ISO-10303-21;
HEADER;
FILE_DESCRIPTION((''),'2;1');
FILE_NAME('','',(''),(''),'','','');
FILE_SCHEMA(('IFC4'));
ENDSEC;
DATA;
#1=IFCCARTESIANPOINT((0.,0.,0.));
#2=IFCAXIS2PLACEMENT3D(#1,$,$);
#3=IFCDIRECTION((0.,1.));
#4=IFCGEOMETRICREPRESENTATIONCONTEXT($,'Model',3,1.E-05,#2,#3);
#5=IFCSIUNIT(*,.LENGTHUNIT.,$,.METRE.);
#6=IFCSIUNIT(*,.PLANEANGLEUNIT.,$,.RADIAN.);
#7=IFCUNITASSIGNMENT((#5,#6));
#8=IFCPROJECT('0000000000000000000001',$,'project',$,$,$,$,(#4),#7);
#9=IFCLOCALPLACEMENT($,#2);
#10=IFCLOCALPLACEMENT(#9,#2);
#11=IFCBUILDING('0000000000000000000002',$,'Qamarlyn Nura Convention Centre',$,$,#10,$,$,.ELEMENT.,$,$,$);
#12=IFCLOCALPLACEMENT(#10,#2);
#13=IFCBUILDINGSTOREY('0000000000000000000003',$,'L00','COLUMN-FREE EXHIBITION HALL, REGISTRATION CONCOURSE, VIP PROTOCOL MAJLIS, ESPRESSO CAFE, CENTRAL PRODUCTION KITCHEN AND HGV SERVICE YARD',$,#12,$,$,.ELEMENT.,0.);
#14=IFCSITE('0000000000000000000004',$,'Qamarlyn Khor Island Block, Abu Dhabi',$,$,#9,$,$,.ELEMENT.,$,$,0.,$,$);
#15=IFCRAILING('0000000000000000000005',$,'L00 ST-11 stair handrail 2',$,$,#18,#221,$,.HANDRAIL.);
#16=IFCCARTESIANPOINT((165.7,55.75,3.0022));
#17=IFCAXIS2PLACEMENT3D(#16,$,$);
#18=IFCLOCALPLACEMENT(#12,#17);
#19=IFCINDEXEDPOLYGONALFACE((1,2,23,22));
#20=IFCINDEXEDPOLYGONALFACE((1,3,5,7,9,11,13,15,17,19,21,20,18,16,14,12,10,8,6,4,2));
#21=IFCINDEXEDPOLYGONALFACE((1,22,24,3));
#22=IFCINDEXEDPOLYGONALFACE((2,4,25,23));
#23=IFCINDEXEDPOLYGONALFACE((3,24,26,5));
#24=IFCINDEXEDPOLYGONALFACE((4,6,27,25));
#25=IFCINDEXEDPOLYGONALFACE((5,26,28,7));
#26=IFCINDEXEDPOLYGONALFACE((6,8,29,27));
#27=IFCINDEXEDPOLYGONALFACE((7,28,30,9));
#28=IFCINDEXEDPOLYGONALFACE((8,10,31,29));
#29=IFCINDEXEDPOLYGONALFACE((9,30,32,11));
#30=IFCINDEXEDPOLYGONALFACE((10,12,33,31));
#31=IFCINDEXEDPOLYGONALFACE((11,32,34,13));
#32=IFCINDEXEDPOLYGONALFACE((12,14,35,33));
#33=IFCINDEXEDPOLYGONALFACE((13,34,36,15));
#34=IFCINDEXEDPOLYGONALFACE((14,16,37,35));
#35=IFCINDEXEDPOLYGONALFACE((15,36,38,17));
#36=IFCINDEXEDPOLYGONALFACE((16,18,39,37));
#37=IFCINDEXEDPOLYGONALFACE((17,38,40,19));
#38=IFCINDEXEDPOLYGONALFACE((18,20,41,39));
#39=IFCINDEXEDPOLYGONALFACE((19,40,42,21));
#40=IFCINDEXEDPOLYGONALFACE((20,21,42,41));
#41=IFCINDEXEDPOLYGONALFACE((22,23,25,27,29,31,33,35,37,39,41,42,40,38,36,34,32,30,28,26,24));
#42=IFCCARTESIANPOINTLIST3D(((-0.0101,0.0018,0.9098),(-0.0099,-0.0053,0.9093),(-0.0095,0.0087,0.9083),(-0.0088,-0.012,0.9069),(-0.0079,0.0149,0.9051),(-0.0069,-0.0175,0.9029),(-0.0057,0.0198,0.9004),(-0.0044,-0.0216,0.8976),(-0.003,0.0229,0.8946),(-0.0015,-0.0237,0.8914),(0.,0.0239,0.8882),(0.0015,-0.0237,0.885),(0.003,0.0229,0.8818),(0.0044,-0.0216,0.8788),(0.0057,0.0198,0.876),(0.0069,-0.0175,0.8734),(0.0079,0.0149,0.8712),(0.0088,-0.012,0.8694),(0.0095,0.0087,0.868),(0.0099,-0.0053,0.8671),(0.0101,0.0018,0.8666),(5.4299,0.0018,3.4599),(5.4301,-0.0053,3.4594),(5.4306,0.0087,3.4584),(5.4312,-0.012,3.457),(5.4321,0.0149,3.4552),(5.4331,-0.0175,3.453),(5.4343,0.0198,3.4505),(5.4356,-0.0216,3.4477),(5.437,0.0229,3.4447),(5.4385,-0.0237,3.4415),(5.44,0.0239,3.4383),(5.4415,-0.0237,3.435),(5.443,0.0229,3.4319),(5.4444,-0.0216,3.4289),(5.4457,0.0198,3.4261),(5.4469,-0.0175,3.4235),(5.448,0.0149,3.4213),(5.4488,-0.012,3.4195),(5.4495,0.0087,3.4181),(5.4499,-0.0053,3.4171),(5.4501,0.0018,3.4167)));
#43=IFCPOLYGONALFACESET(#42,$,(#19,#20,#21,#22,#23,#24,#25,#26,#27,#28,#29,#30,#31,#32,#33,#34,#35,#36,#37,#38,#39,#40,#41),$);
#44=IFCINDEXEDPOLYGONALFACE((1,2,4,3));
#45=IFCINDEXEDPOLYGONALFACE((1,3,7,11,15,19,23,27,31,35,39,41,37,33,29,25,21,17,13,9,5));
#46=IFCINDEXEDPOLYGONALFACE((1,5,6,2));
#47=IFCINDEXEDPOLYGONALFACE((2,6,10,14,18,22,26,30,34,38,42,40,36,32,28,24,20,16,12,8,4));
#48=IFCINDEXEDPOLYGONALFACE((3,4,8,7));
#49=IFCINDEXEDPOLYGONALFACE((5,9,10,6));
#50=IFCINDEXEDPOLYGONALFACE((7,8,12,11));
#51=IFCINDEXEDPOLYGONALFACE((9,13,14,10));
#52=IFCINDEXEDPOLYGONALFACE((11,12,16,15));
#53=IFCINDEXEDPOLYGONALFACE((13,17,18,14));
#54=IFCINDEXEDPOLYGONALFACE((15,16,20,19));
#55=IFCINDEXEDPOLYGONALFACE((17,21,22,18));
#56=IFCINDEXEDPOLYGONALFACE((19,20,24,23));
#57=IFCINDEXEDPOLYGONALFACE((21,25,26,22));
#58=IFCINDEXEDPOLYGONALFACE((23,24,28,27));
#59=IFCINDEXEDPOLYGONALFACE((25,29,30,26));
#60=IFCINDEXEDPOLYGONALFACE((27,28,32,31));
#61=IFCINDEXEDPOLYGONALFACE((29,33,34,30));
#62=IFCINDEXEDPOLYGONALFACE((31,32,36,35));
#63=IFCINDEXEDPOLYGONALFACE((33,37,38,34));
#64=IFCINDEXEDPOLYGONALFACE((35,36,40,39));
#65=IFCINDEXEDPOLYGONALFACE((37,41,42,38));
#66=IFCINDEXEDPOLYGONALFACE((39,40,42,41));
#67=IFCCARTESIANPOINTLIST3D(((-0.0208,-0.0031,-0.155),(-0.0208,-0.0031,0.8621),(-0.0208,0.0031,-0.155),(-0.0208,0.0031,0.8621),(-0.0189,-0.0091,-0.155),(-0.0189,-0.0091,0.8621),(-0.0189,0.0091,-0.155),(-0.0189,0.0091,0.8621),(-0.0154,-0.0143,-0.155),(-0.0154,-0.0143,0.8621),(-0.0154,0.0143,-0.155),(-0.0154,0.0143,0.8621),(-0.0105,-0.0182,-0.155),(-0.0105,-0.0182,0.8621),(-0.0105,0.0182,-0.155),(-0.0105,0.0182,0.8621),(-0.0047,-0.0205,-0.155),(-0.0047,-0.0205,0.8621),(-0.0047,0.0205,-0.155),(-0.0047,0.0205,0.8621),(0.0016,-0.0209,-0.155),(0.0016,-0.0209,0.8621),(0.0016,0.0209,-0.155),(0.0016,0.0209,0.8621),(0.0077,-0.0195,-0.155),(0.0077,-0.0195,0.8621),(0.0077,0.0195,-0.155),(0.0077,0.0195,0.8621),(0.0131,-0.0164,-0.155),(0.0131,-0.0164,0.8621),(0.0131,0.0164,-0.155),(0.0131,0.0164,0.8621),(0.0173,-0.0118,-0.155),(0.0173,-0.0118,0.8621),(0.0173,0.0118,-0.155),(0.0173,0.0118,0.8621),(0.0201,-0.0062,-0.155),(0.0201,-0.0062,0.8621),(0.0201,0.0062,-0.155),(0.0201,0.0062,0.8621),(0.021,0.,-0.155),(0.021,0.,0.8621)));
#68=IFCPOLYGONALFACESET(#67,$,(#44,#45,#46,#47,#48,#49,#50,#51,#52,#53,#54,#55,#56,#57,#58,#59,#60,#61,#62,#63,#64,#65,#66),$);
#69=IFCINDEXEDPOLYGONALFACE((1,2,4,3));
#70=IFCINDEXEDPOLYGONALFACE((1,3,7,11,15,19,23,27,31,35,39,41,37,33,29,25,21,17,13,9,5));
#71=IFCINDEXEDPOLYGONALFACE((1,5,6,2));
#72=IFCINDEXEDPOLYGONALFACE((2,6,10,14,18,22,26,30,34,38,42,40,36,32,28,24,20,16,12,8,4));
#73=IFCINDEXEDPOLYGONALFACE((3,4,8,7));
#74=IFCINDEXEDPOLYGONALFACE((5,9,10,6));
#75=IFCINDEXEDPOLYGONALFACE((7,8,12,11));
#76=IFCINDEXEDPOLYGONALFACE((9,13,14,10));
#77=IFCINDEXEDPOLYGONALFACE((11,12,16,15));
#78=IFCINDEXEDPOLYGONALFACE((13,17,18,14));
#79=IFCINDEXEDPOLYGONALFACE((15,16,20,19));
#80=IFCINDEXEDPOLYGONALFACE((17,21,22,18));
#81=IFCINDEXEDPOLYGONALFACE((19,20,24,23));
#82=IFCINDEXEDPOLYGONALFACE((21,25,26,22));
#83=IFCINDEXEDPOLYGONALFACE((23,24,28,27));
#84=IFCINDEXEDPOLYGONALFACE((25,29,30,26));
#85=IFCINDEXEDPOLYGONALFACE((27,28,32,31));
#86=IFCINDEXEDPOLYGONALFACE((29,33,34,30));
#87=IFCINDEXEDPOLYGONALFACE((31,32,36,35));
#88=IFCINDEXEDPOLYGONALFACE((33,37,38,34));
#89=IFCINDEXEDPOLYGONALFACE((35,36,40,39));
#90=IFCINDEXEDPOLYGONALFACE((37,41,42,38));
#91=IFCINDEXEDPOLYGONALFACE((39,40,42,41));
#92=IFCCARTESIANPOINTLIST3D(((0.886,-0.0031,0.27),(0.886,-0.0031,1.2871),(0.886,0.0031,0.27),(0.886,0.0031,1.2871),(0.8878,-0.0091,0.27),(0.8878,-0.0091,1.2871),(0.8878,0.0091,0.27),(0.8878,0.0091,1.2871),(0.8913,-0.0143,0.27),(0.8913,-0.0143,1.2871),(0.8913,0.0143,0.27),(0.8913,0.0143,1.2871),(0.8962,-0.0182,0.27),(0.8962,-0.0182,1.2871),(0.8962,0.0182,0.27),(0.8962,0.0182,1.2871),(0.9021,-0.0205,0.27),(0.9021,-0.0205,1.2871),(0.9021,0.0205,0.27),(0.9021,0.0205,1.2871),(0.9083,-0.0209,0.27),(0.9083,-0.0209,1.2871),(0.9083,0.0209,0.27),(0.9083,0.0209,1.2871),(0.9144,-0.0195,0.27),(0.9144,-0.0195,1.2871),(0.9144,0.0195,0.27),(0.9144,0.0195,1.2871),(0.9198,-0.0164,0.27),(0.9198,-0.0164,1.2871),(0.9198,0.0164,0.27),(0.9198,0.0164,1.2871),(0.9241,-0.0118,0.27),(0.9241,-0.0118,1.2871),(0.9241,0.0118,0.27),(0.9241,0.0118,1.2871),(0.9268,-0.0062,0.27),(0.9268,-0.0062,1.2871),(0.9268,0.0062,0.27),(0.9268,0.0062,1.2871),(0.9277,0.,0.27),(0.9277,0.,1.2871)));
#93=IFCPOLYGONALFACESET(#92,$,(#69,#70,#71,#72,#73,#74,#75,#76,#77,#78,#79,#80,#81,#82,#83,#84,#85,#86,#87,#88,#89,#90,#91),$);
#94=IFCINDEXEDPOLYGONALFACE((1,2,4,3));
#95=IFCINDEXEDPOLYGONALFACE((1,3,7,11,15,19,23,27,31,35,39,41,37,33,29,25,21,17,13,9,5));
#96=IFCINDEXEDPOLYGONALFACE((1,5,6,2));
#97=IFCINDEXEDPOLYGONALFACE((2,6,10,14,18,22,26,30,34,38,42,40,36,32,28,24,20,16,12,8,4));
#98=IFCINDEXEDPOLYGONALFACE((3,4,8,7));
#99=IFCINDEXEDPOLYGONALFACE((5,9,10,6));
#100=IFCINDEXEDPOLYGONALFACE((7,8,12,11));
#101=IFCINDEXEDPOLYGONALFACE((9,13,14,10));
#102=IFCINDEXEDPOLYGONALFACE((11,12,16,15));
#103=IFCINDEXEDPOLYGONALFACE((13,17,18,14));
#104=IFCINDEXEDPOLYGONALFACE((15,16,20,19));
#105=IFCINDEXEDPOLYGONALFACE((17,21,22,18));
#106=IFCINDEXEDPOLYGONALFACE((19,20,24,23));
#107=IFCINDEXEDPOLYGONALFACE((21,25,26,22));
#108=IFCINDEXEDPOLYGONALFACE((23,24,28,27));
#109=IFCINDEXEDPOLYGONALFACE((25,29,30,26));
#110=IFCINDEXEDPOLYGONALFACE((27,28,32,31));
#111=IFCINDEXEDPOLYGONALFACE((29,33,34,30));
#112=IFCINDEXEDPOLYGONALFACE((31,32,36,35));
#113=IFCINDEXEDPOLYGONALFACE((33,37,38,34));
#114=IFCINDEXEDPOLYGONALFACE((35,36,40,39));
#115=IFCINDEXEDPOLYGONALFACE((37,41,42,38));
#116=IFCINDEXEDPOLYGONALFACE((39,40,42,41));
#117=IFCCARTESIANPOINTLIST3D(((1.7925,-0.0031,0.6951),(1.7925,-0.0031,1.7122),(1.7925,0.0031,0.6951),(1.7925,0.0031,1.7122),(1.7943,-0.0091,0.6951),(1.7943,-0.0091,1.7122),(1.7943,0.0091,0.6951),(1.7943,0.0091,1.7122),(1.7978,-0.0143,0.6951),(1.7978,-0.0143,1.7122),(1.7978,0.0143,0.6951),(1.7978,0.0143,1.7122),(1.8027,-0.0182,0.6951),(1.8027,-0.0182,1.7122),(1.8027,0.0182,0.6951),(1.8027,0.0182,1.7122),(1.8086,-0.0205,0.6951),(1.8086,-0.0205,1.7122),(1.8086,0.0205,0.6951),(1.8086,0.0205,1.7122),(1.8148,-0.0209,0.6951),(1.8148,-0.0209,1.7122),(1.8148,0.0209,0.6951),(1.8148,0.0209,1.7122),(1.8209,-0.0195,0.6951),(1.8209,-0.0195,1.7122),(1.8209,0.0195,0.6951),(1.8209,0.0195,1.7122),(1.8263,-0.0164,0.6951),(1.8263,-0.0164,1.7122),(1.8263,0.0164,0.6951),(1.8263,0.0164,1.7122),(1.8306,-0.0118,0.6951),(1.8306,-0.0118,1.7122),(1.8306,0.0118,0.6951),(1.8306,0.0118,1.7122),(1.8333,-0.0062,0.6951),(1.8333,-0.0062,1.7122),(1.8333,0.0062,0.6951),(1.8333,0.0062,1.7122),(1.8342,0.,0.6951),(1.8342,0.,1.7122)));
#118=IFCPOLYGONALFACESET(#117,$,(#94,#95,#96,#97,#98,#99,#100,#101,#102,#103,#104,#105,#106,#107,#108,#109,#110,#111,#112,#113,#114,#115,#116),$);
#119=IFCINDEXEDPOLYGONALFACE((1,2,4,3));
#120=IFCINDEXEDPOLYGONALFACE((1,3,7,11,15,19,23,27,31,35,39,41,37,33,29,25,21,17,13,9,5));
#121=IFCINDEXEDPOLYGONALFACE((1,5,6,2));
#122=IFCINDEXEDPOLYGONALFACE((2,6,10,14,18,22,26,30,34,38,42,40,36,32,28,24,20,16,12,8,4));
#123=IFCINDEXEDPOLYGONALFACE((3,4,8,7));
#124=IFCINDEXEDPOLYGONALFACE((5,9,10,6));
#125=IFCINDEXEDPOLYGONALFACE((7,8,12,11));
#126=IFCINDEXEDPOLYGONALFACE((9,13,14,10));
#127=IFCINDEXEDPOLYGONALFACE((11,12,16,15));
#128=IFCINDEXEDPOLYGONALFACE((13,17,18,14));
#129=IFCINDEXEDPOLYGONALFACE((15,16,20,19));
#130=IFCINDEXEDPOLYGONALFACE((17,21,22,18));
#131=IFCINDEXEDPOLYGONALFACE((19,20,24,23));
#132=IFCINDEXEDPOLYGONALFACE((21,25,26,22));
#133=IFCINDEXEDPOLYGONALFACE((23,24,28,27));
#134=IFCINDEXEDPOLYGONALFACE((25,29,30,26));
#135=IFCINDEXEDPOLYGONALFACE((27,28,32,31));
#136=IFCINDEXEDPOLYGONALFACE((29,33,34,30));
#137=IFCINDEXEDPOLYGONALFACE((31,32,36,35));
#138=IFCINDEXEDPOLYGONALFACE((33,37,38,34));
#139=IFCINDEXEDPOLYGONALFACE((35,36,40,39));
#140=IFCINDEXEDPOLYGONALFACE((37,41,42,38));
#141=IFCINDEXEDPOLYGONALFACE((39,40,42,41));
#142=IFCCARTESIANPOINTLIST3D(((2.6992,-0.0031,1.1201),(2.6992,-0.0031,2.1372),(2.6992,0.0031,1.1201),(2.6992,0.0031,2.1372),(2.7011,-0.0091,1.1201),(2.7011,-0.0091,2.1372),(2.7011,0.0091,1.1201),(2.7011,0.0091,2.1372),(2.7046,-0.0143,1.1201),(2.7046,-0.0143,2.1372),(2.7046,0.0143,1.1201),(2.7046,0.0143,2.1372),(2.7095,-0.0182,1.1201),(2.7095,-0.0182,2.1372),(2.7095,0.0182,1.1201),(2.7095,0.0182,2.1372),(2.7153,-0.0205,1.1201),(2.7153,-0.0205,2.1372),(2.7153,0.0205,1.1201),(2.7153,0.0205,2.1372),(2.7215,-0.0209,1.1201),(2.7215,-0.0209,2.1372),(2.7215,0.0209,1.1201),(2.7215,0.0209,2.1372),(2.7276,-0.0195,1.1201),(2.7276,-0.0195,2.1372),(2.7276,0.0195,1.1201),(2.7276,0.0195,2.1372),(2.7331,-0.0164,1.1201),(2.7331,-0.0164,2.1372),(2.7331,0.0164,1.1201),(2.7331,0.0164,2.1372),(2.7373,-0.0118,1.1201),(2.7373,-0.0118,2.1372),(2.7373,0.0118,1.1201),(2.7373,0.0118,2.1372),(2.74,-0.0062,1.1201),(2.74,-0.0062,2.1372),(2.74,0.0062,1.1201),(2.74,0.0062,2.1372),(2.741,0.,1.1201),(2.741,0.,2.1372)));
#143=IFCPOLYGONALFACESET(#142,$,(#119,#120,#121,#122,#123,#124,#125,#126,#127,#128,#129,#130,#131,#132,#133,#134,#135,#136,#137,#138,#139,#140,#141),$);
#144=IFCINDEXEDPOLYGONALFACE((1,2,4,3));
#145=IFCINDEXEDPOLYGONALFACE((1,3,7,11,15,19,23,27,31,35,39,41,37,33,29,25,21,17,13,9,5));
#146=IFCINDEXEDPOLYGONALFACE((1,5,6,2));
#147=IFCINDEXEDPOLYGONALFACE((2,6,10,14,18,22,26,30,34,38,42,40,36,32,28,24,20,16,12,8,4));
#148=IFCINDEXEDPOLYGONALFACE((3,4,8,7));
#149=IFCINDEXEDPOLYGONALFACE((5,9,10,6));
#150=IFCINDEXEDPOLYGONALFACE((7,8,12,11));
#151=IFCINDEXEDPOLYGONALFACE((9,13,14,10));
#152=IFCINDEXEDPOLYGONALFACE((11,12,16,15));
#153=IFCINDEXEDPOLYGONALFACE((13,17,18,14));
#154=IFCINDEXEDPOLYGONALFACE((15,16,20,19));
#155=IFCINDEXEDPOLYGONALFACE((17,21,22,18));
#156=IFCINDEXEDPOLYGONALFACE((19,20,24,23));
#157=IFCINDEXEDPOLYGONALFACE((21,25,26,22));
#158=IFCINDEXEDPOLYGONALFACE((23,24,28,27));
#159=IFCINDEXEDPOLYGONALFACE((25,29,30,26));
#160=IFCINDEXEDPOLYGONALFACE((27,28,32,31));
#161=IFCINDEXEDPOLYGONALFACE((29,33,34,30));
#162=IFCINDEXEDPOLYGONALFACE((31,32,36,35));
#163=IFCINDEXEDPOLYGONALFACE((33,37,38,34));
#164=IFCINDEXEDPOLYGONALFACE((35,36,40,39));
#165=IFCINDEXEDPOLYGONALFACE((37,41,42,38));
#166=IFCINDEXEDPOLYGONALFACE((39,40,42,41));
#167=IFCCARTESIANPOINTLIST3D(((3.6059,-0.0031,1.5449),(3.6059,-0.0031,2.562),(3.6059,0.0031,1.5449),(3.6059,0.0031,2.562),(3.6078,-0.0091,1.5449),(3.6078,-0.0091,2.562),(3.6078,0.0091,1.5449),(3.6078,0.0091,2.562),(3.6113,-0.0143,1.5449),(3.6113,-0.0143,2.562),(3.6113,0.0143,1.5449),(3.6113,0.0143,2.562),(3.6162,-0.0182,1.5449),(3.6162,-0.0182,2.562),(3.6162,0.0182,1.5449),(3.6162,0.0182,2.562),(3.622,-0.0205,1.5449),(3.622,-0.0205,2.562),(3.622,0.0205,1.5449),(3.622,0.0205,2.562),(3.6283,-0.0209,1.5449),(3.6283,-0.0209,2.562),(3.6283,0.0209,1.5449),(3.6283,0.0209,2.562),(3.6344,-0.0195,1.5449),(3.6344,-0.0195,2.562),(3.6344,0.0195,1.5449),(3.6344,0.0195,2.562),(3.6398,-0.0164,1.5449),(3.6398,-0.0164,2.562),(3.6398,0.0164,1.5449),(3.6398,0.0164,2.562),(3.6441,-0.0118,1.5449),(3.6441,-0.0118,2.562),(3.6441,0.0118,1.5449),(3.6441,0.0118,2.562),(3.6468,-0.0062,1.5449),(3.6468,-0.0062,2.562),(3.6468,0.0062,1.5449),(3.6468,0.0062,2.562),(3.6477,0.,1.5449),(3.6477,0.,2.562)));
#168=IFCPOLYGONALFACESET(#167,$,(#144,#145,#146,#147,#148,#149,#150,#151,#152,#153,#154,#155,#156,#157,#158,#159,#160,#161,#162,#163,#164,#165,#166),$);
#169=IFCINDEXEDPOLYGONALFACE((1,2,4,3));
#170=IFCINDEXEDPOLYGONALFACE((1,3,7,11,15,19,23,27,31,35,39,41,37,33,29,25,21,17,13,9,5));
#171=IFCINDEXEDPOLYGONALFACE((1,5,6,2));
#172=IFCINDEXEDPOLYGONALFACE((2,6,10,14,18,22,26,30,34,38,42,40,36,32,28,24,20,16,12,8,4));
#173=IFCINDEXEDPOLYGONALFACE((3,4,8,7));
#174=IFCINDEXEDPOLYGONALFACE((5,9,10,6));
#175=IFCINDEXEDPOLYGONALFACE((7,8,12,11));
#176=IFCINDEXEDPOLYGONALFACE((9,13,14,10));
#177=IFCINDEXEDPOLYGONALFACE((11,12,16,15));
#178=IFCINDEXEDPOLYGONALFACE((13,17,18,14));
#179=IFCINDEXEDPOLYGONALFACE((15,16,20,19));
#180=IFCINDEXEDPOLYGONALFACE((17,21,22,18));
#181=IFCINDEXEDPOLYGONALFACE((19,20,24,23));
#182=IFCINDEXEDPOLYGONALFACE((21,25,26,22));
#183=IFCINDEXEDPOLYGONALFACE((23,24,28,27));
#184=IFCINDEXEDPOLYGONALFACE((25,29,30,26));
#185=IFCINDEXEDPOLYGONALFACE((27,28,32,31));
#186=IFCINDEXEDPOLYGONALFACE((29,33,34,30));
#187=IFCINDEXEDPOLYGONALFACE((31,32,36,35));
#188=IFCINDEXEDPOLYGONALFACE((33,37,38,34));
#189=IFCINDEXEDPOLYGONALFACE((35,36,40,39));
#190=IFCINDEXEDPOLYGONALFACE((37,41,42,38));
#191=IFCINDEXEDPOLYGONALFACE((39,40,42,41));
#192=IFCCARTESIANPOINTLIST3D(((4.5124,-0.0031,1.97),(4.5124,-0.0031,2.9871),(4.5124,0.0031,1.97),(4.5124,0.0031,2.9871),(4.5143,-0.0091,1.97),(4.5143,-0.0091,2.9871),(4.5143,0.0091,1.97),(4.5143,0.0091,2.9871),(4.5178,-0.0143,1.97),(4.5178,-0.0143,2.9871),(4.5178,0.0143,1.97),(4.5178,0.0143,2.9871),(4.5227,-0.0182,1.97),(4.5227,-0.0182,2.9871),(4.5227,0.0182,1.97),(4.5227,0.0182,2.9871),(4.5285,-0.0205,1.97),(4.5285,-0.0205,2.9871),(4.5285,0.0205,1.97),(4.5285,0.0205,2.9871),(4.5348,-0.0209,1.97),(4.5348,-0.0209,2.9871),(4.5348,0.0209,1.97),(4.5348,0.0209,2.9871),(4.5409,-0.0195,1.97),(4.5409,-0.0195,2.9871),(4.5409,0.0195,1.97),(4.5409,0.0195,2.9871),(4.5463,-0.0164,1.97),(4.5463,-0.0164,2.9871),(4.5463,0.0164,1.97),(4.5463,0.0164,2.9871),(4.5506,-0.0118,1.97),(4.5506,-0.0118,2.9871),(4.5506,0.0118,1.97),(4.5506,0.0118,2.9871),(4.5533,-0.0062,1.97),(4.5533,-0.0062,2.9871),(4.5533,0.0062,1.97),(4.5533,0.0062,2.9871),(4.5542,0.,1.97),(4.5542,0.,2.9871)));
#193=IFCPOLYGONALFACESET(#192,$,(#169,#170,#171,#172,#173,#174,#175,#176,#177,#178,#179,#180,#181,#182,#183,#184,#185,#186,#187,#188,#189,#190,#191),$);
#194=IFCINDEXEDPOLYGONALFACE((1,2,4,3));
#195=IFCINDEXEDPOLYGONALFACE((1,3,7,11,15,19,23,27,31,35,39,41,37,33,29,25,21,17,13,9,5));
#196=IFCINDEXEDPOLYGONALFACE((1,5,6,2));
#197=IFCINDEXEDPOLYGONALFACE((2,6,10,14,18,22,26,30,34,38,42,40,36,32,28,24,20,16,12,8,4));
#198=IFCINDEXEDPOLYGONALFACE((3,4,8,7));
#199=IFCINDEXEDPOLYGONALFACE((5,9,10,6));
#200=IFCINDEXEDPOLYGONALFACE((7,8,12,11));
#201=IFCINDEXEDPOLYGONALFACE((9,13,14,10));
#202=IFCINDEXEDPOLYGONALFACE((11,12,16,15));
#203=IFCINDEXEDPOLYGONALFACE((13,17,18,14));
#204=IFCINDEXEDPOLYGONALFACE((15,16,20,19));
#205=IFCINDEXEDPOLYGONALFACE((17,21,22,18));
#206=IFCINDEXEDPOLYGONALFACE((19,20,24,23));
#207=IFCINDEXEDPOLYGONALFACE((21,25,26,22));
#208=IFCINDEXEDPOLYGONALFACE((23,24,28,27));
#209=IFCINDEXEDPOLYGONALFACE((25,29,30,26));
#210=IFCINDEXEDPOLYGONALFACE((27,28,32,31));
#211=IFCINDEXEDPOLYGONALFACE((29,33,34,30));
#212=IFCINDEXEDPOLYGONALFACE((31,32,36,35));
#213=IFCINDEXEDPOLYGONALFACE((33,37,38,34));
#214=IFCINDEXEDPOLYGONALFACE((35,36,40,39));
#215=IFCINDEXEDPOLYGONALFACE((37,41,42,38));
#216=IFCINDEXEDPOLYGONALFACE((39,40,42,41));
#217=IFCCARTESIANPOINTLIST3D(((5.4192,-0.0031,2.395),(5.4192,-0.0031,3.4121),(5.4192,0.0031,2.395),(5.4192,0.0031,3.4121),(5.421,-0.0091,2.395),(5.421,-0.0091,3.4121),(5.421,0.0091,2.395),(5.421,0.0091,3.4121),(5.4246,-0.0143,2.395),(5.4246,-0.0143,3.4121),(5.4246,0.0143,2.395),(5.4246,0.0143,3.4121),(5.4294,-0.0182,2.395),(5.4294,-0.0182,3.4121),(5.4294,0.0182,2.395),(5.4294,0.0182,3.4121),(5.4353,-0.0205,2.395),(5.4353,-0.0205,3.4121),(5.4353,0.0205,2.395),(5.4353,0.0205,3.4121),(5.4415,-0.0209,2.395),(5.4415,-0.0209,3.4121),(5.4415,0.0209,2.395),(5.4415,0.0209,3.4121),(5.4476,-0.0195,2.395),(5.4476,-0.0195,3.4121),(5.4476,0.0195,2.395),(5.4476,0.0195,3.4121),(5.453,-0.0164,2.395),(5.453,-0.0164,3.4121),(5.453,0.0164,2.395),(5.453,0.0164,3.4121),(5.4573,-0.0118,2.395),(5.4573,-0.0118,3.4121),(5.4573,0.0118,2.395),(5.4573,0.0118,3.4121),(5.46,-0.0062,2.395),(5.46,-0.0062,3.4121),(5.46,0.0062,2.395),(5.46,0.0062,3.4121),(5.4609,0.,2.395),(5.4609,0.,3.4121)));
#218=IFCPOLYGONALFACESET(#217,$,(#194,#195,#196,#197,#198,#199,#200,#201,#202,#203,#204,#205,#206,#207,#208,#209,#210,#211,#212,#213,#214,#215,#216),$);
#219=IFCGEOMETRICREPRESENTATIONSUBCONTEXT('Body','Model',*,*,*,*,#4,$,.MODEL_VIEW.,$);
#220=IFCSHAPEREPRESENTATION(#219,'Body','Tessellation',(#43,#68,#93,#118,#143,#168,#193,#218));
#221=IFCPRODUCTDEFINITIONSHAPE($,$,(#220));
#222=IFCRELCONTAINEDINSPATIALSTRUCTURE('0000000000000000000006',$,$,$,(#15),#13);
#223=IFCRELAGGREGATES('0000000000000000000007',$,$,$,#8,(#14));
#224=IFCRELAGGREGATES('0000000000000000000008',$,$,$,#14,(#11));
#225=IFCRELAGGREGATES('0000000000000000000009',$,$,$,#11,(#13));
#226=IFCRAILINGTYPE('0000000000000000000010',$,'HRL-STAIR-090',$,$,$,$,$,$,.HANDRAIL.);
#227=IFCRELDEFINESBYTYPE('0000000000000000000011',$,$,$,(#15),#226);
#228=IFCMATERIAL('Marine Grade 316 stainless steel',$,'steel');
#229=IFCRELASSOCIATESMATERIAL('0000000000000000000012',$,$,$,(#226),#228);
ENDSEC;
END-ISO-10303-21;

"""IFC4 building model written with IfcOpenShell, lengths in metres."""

from ifc_helpers import new_model, si_unit, direction, frame, origin, origin_2d, place, context, subcontext, project, spatial, circle, extrude, material, type_object, element, save


model = new_model("IFC4")

# Units and contexts
model_context = context("Model", 3, precision=1e-05, world=origin(), true_north=direction((0.0, 1.0)))
body_context = subcontext(model_context, "Body", "Model", "MODEL_VIEW")
ifc_project = project(units=[si_unit("LENGTHUNIT", "METRE"), si_unit("PLANEANGLEUNIT", "RADIAN")], contexts=[model_context])

# Site, building, storey
site_placement = place(None, origin())
site = spatial("IfcSite", under=ifc_project, at=site_placement, Name="Qamarlyn Khor Island Block, Abu Dhabi", CompositionType="ELEMENT", RefElevation=0.0)
building_placement = place(site_placement, origin())
building = spatial("IfcBuilding", under=site, at=building_placement, Name="Qamarlyn Nura Convention Centre", CompositionType="ELEMENT")
storey_placement = place(building_placement, origin())
storey = spatial("IfcBuildingStorey", under=building, at=storey_placement, Name="L00", Description="COLUMN-FREE EXHIBITION HALL, REGISTRATION CONCOURSE, VIP PROTOCOL MAJLIS, ESPRESSO CAFE, CENTRAL PRODUCTION KITCHEN AND HGV SERVICE YARD", CompositionType="ELEMENT", Elevation=0.0)

# Shared definitions
ifc_material_1 = material(Name="Marine Grade 316 stainless steel", Category="steel")

# Railing
railing_type = type_object("IfcRailingType", Name="HRL-STAIR-090", PredefinedType="HANDRAIL", material=ifc_material_1)
railing_placement = place(storey_placement, frame((165.7, 55.75, 3.0022)))
element("IfcRailing", 1, at=railing_placement, inside=storey, type_object=railing_type, Name="L00 ST-11 stair handrail 2", PredefinedType="HANDRAIL", context=body_context, shape_type="SweptSolid", body=[
    extrude(circle(Radius=0.0239, at=origin_2d()), frame((0.0, 0.0, 0.8882), z_axis=(0.905454, 0.0, 0.424444), x_axis=(0.0, 1.0, 0.0)), (0.0, 0.0, 1.0), 6.0081),
    extrude(circle(Radius=0.021, at=origin_2d()), frame((0.0, 0.0, -0.155)), (0.0, 0.0, 1.0), 1.0171),
    extrude(circle(Radius=0.021, at=origin_2d()), frame((0.9067, 0.0, 0.27)), (0.0, 0.0, 1.0), 1.0171),
    extrude(circle(Radius=0.021, at=origin_2d()), frame((1.8132, 0.0, 0.6951)), (0.0, 0.0, 1.0), 1.0171),
    extrude(circle(Radius=0.021, at=origin_2d()), frame((2.72, 0.0, 1.1201)), (0.0, 0.0, 1.0), 1.0171),
    extrude(circle(Radius=0.021, at=origin_2d()), frame((3.6267, 0.0, 1.5449)), (0.0, 0.0, 1.0), 1.0171),
    extrude(circle(Radius=0.021, at=origin_2d()), frame((4.5332, 0.0, 1.97)), (0.0, 0.0, 1.0), 1.0171),
    extrude(circle(Radius=0.021, at=origin_2d()), frame((5.4399, 0.0, 2.395)), (0.0, 0.0, 1.0), 1.0171),
])

save(model, "model.ifc")
